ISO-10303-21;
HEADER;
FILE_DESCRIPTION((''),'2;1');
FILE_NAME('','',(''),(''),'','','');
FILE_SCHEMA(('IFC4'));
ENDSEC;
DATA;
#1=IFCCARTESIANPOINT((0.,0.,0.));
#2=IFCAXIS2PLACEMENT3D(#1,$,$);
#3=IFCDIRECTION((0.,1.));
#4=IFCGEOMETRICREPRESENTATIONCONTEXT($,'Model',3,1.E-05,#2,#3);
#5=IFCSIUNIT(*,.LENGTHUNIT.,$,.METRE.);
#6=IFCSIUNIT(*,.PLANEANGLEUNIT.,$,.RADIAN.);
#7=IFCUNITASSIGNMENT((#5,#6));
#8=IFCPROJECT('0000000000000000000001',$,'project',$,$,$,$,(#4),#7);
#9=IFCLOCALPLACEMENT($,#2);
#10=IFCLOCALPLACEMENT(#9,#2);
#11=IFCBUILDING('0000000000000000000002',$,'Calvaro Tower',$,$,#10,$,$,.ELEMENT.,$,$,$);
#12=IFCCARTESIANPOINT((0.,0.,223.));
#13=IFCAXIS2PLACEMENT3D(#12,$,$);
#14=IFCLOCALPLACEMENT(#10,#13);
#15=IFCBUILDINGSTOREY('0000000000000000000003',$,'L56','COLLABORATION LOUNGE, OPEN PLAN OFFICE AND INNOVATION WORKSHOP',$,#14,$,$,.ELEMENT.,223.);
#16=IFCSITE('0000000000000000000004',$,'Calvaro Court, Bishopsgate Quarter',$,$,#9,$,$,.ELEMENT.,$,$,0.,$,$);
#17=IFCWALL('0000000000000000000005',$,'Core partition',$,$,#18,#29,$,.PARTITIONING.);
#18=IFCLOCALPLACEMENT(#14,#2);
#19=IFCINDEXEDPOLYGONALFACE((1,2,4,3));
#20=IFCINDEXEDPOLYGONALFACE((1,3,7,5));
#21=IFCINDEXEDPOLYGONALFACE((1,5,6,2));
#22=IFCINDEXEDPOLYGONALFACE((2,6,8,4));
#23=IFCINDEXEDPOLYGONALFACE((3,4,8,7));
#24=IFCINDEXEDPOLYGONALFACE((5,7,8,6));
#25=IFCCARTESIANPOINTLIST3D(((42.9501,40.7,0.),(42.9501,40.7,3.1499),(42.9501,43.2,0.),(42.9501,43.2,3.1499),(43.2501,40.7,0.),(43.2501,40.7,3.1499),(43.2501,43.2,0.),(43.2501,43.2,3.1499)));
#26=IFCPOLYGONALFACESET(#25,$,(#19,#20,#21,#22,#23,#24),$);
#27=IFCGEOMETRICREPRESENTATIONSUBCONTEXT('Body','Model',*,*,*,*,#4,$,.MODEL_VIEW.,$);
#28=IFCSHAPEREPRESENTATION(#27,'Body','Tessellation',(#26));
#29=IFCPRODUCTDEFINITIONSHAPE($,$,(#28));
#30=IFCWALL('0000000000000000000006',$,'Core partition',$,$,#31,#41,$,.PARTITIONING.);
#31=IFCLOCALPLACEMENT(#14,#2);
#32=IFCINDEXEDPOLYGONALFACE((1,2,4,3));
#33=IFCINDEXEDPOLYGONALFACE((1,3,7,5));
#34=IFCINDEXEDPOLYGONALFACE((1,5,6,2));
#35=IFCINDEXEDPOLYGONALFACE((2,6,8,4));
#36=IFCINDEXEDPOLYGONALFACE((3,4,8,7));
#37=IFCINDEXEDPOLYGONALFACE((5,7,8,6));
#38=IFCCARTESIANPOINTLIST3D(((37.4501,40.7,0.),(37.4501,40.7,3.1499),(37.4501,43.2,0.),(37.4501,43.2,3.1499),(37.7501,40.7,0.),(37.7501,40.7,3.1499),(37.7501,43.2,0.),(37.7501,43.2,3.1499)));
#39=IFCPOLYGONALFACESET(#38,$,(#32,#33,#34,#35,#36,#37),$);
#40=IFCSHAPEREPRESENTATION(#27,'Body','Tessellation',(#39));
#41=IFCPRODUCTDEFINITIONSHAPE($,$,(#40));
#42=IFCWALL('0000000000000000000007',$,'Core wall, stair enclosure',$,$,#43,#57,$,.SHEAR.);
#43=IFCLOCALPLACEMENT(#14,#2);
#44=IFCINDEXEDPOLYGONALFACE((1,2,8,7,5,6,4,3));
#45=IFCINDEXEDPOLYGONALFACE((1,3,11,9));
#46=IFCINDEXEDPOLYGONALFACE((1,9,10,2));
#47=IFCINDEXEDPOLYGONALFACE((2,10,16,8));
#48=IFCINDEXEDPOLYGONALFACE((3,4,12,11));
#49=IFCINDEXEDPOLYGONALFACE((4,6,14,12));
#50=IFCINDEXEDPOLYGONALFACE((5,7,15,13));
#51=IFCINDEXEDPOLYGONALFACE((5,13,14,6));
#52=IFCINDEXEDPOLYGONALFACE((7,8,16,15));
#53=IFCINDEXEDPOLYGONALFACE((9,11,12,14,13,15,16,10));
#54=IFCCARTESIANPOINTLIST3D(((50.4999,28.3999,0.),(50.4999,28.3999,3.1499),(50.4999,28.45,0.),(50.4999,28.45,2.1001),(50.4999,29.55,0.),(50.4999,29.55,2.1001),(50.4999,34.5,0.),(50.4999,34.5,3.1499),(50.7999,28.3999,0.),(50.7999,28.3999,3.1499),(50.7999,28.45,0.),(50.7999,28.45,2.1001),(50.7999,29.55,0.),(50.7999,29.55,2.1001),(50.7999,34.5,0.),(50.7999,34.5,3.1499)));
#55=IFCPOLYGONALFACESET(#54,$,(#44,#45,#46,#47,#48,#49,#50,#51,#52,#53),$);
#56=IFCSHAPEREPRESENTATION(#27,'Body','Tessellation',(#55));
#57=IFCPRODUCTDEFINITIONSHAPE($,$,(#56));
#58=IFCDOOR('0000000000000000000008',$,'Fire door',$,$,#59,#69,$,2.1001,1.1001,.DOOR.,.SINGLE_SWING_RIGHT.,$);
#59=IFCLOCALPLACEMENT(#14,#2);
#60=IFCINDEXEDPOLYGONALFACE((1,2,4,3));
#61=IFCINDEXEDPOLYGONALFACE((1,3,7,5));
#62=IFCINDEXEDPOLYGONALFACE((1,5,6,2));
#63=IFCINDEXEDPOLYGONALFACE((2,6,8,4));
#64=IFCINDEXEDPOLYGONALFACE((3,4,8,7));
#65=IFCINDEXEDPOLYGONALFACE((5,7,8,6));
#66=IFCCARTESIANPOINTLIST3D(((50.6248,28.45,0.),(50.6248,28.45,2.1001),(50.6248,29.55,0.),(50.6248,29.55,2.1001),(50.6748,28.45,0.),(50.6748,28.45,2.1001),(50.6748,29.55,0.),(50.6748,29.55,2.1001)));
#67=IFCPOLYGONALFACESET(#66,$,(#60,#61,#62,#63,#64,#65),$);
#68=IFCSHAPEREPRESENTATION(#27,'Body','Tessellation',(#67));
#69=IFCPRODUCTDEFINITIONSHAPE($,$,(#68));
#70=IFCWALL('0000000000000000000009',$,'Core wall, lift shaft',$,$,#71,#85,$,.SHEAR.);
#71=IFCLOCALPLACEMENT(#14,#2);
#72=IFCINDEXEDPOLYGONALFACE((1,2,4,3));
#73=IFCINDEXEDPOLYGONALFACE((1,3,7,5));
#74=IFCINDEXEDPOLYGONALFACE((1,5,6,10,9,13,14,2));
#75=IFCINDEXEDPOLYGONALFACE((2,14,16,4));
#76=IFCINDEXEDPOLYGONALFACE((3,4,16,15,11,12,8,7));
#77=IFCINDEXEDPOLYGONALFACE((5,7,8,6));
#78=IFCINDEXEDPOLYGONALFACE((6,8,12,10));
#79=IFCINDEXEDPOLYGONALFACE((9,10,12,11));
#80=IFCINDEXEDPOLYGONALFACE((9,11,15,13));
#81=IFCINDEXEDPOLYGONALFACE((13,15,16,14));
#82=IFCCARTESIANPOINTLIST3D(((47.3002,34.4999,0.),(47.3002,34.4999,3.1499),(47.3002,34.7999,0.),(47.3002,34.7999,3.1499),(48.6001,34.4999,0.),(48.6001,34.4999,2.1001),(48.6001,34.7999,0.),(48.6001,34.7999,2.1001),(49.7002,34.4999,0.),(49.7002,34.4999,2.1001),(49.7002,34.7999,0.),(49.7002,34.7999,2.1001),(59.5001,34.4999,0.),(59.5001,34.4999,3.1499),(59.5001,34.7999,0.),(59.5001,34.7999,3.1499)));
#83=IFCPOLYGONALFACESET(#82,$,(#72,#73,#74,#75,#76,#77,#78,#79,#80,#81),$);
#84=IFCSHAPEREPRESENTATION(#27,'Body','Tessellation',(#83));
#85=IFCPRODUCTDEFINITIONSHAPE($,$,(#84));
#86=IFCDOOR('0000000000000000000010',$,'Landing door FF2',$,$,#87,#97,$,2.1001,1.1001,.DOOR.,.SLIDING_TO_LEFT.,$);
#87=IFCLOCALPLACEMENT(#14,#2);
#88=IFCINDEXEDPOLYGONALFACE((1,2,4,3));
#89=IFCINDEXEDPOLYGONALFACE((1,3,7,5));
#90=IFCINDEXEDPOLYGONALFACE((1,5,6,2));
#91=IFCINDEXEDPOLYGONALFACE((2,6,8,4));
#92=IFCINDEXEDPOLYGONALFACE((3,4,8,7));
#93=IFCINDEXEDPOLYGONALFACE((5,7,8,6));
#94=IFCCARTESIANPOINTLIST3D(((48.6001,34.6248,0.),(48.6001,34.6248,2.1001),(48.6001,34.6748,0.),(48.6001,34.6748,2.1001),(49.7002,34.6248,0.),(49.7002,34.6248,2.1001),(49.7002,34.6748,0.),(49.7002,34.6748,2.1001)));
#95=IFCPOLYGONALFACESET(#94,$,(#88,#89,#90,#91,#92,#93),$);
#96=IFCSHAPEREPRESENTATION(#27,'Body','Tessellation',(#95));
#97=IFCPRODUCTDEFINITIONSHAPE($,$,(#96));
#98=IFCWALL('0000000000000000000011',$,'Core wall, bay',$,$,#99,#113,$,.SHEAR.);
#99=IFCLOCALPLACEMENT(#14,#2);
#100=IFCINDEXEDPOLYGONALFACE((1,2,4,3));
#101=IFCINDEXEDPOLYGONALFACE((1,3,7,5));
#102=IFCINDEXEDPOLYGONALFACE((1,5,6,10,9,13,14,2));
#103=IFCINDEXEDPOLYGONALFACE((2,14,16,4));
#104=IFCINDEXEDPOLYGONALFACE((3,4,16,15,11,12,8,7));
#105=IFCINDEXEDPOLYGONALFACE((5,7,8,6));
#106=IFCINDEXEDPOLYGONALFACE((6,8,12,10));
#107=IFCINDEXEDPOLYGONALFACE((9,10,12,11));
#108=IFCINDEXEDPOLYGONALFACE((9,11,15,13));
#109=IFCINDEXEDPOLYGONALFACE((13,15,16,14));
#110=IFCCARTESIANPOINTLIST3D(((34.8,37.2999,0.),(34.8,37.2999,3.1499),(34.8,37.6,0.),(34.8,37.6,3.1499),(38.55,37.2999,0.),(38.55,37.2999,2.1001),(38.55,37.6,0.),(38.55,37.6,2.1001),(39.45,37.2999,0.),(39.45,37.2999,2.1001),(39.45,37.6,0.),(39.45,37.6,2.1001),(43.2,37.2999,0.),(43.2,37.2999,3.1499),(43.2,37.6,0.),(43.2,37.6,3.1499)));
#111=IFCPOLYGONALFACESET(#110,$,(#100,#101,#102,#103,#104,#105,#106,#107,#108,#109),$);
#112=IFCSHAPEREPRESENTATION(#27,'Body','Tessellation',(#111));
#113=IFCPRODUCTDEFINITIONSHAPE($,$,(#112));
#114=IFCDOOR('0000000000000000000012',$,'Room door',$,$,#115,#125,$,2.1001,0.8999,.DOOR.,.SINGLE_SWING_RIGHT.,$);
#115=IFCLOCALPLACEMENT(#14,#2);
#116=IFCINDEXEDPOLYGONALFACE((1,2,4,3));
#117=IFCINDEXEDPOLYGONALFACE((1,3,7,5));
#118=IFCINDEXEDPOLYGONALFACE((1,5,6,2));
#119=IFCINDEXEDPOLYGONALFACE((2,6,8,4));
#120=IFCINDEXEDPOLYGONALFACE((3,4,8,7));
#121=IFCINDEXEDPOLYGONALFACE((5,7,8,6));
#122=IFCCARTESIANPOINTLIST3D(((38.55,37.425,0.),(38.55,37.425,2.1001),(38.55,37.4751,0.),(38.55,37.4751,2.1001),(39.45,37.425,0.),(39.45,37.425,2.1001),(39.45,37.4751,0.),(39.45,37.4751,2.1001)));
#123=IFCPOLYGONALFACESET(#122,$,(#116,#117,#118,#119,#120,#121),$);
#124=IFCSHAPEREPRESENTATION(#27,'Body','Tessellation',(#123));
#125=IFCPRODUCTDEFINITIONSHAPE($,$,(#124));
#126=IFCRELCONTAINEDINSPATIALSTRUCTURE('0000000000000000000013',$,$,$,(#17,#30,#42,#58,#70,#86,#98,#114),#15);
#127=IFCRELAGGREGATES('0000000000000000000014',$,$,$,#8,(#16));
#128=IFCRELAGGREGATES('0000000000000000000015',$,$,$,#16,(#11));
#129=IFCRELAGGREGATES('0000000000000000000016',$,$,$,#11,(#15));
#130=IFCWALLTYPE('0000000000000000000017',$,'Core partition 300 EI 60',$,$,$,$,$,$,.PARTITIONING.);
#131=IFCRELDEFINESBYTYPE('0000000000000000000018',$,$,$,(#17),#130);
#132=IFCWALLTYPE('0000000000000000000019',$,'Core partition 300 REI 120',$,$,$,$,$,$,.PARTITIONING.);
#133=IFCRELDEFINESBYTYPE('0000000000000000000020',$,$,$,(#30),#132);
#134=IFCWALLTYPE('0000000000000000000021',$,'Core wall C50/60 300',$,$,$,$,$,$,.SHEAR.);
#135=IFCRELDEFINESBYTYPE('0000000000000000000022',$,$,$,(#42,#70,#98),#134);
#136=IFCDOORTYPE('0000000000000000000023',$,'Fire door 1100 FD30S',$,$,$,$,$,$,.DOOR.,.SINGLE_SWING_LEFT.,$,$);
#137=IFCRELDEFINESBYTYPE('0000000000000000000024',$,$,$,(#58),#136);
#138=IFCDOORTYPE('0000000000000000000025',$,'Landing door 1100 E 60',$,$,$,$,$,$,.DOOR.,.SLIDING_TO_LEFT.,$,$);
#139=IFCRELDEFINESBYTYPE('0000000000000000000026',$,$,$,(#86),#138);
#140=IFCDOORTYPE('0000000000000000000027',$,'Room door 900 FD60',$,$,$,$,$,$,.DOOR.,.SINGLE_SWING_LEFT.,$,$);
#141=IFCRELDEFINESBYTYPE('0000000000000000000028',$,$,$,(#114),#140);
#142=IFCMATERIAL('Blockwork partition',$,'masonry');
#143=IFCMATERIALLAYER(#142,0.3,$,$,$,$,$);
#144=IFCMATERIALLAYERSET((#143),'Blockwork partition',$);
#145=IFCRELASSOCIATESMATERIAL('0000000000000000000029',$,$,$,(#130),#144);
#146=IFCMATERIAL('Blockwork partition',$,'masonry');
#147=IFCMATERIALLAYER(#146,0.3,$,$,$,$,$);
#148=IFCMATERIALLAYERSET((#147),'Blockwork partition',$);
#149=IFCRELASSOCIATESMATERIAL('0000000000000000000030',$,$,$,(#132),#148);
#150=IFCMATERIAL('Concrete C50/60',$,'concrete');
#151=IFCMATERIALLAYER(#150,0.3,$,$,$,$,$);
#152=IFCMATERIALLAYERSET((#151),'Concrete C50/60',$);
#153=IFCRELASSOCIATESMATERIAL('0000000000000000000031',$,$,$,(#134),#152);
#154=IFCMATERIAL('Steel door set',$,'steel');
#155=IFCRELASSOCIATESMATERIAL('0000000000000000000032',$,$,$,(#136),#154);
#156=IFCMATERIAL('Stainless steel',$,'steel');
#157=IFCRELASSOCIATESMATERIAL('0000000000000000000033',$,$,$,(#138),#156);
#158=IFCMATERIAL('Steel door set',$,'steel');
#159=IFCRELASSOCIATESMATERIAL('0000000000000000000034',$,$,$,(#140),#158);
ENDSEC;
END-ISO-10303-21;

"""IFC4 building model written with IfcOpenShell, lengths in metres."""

from ifc_helpers import new_model, si_unit, direction, frame, frame_2d, origin, place, context, subcontext, project, spatial, rectangle, extrude, material, layer, layer_set, type_object, element, fill, save


model = new_model("IFC4")

# Units and contexts
model_context = context("Model", 3, precision=1e-05, world=origin(), true_north=direction((0.0, 1.0)))
body_context = subcontext(model_context, "Body", "Model", "MODEL_VIEW")
ifc_project = project(units=[si_unit("LENGTHUNIT", "METRE"), si_unit("PLANEANGLEUNIT", "RADIAN")], contexts=[model_context])

# Site, building, storey
site_placement = place(None, origin())
site = spatial("IfcSite", under=ifc_project, at=site_placement, Name="Calvaro Court, Bishopsgate Quarter", CompositionType="ELEMENT", RefElevation=0.0)
building_placement = place(site_placement, origin())
building = spatial("IfcBuilding", under=site, at=building_placement, Name="Calvaro Tower", CompositionType="ELEMENT")
storey_placement = place(building_placement, frame((0.0, 0.0, 223.0)))
storey = spatial("IfcBuildingStorey", under=building, at=storey_placement, Name="L56", Description="COLLABORATION LOUNGE, OPEN PLAN OFFICE AND INNOVATION WORKSHOP", CompositionType="ELEMENT", Elevation=223.0)

# Walls
ifc_material_1 = material(Name="Blockwork partition", Category="masonry")
ifc_layer_1 = layer(ifc_material_1, 0.3)
ifc_layer_set_1 = layer_set([ifc_layer_1], Name="Blockwork partition")
wall_type_1 = type_object("IfcWallType", Name="Core partition 300 EI 60", PredefinedType="PARTITIONING", material=ifc_layer_set_1)
wall_1_placement = place(storey_placement, frame((43.1001, 40.7, 0.0), z_axis=(0.0, 0.0, 1.0), x_axis=(0.0, 1.0, 0.0)))
element("IfcWall", 1, at=wall_1_placement, inside=storey, type_object=wall_type_1, Name="Core partition", PredefinedType="PARTITIONING", context=body_context, shape_type="SweptSolid", body=[
    extrude(rectangle(XDim=2.5, YDim=0.3, at=frame_2d((1.25, 0.0))), origin(), (0.0, 0.0, 1.0), 3.1499),
])
ifc_material_2 = material(Name="Blockwork partition", Category="masonry")
ifc_layer_2 = layer(ifc_material_2, 0.3)
ifc_layer_set_2 = layer_set([ifc_layer_2], Name="Blockwork partition")
wall_type_2 = type_object("IfcWallType", Name="Core partition 300 REI 120", PredefinedType="PARTITIONING", material=ifc_layer_set_2)
wall_2_placement = place(storey_placement, frame((37.6001, 40.7, 0.0), z_axis=(0.0, 0.0, 1.0), x_axis=(0.0, 1.0, 0.0)))
element("IfcWall", 2, at=wall_2_placement, inside=storey, type_object=wall_type_2, Name="Core partition", PredefinedType="PARTITIONING", context=body_context, shape_type="SweptSolid", body=[
    extrude(rectangle(XDim=2.5, YDim=0.3, at=frame_2d((1.25, 0.0))), origin(), (0.0, 0.0, 1.0), 3.1499),
])

# Walls, openings, doors
ifc_material_3 = material(Name="Concrete C50/60", Category="concrete")
ifc_layer_3 = layer(ifc_material_3, 0.3)
ifc_layer_set_3 = layer_set([ifc_layer_3], Name="Concrete C50/60")
wall_type_3 = type_object("IfcWallType", Name="Core wall C50/60 300", PredefinedType="SHEAR", material=ifc_layer_set_3)
wall_3_placement = place(storey_placement, frame((50.6499, 34.5, 0.0), z_axis=(0.0, 0.0, 1.0), x_axis=(0.0, -1.0, 0.0)))
wall_3 = element("IfcWall", 3, at=wall_3_placement, inside=storey, type_object=wall_type_3, Name="Core wall, stair enclosure", PredefinedType="SHEAR", context=body_context, shape_type="SweptSolid", body=[
    extrude(rectangle(XDim=6.1001, YDim=0.3, at=frame_2d((3.05, 0.0))), origin(), (0.0, 0.0, 1.0), 3.1499),
])
opening_1_placement = place(wall_3_placement, frame((4.95, 0.0, 0.0)))
opening_1 = element("IfcOpeningElement", 4, at=opening_1_placement, cuts=wall_3, PredefinedType="OPENING", context=body_context, shape_type="SweptSolid", body=[
    extrude(rectangle(XDim=1.1001, YDim=2.1001, at=frame_2d((0.55, 1.05))), frame((0.0, 0.1599, 0.0), z_axis=(0.0, -1.0, 0.0), x_axis=(1.0, 0.0, 0.0)), (0.0, 0.0, 1.0), 0.3201),
])
ifc_material_4 = material(Name="Steel door set", Category="steel")
door_type_1 = type_object("IfcDoorType", Name="Fire door 1100 FD30S", OperationType="SINGLE_SWING_LEFT", PredefinedType="DOOR", material=ifc_material_4)
door_1_placement = place(opening_1_placement, origin())
door_1 = element("IfcDoor", 5, at=door_1_placement, inside=storey, type_object=door_type_1, Name="Fire door", OperationType="SINGLE_SWING_RIGHT", OverallHeight=2.1001, OverallWidth=1.1001, PredefinedType="DOOR", context=body_context, shape_type="SweptSolid", body=[
    extrude(rectangle(XDim=1.1001, YDim=2.1001, at=frame_2d((0.55, 1.05))), frame((0.0, 0.0249, 0.0), z_axis=(0.0, -1.0, 0.0), x_axis=(1.0, 0.0, 0.0)), (0.0, 0.0, 1.0), 0.05),
])
fill(opening_1, door_1)
wall_4_placement = place(storey_placement, frame((47.3, 34.6499, 0.0), z_axis=(0.0, 0.0, 1.0), x_axis=(1.0, 0.0, 0.0)))
wall_4 = element("IfcWall", 6, at=wall_4_placement, inside=storey, type_object=wall_type_3, Name="Core wall, lift shaft", PredefinedType="SHEAR", context=body_context, shape_type="SweptSolid", body=[
    extrude(rectangle(XDim=12.2, YDim=0.3, at=frame_2d((6.1001, 0.0))), origin(), (0.0, 0.0, 1.0), 3.1499),
])
opening_2_placement = place(wall_4_placement, frame((1.3, 0.0, 0.0)))
opening_2 = element("IfcOpeningElement", 7, at=opening_2_placement, cuts=wall_4, PredefinedType="OPENING", context=body_context, shape_type="SweptSolid", body=[
    extrude(rectangle(XDim=1.1001, YDim=2.1001, at=frame_2d((0.55, 1.05))), frame((0.0, 0.1599, 0.0), z_axis=(0.0, -1.0, 0.0), x_axis=(1.0, 0.0, 0.0)), (0.0, 0.0, 1.0), 0.3201),
])
ifc_material_5 = material(Name="Stainless steel", Category="steel")
door_type_2 = type_object("IfcDoorType", Name="Landing door 1100 E 60", OperationType="SLIDING_TO_LEFT", PredefinedType="DOOR", material=ifc_material_5)
door_2_placement = place(opening_2_placement, origin())
door_2 = element("IfcDoor", 8, at=door_2_placement, inside=storey, type_object=door_type_2, Name="Landing door FF2", OperationType="SLIDING_TO_LEFT", OverallHeight=2.1001, OverallWidth=1.1001, PredefinedType="DOOR", context=body_context, shape_type="SweptSolid", body=[
    extrude(rectangle(XDim=1.1001, YDim=2.1001, at=frame_2d((0.55, 1.05))), frame((0.0, 0.0249, 0.0), z_axis=(0.0, -1.0, 0.0), x_axis=(1.0, 0.0, 0.0)), (0.0, 0.0, 1.0), 0.05),
])
fill(opening_2, door_2)
wall_5_placement = place(storey_placement, frame((43.2, 37.45, 0.0), z_axis=(0.0, 0.0, 1.0), x_axis=(-1.0, 0.0, 0.0)))
wall_5 = element("IfcWall", 9, at=wall_5_placement, inside=storey, type_object=wall_type_3, Name="Core wall, bay", PredefinedType="SHEAR", context=body_context, shape_type="SweptSolid", body=[
    extrude(rectangle(XDim=8.3999, YDim=0.3, at=frame_2d((4.2, 0.0))), origin(), (0.0, 0.0, 1.0), 3.1499),
])
opening_3_placement = place(wall_5_placement, frame((3.75, 0.0, 0.0)))
opening_3 = element("IfcOpeningElement", 10, at=opening_3_placement, cuts=wall_5, PredefinedType="OPENING", context=body_context, shape_type="SweptSolid", body=[
    extrude(rectangle(XDim=0.8999, YDim=2.1001, at=frame_2d((0.45, 1.05))), frame((0.0, 0.1599, 0.0), z_axis=(0.0, -1.0, 0.0), x_axis=(1.0, 0.0, 0.0)), (0.0, 0.0, 1.0), 0.3201),
])
ifc_material_6 = material(Name="Steel door set", Category="steel")
door_type_3 = type_object("IfcDoorType", Name="Room door 900 FD60", OperationType="SINGLE_SWING_LEFT", PredefinedType="DOOR", material=ifc_material_6)
door_3_placement = place(opening_3_placement, origin())
door_3 = element("IfcDoor", 11, at=door_3_placement, inside=storey, type_object=door_type_3, Name="Room door", OperationType="SINGLE_SWING_RIGHT", OverallHeight=2.1001, OverallWidth=0.8999, PredefinedType="DOOR", context=body_context, shape_type="SweptSolid", body=[
    extrude(rectangle(XDim=0.8999, YDim=2.1001, at=frame_2d((0.45, 1.05))), frame((0.0, 0.0249, 0.0), z_axis=(0.0, -1.0, 0.0), x_axis=(1.0, 0.0, 0.0)), (0.0, 0.0, 1.0), 0.05),
])
fill(opening_3, door_3)

save(model, "model.ifc")
